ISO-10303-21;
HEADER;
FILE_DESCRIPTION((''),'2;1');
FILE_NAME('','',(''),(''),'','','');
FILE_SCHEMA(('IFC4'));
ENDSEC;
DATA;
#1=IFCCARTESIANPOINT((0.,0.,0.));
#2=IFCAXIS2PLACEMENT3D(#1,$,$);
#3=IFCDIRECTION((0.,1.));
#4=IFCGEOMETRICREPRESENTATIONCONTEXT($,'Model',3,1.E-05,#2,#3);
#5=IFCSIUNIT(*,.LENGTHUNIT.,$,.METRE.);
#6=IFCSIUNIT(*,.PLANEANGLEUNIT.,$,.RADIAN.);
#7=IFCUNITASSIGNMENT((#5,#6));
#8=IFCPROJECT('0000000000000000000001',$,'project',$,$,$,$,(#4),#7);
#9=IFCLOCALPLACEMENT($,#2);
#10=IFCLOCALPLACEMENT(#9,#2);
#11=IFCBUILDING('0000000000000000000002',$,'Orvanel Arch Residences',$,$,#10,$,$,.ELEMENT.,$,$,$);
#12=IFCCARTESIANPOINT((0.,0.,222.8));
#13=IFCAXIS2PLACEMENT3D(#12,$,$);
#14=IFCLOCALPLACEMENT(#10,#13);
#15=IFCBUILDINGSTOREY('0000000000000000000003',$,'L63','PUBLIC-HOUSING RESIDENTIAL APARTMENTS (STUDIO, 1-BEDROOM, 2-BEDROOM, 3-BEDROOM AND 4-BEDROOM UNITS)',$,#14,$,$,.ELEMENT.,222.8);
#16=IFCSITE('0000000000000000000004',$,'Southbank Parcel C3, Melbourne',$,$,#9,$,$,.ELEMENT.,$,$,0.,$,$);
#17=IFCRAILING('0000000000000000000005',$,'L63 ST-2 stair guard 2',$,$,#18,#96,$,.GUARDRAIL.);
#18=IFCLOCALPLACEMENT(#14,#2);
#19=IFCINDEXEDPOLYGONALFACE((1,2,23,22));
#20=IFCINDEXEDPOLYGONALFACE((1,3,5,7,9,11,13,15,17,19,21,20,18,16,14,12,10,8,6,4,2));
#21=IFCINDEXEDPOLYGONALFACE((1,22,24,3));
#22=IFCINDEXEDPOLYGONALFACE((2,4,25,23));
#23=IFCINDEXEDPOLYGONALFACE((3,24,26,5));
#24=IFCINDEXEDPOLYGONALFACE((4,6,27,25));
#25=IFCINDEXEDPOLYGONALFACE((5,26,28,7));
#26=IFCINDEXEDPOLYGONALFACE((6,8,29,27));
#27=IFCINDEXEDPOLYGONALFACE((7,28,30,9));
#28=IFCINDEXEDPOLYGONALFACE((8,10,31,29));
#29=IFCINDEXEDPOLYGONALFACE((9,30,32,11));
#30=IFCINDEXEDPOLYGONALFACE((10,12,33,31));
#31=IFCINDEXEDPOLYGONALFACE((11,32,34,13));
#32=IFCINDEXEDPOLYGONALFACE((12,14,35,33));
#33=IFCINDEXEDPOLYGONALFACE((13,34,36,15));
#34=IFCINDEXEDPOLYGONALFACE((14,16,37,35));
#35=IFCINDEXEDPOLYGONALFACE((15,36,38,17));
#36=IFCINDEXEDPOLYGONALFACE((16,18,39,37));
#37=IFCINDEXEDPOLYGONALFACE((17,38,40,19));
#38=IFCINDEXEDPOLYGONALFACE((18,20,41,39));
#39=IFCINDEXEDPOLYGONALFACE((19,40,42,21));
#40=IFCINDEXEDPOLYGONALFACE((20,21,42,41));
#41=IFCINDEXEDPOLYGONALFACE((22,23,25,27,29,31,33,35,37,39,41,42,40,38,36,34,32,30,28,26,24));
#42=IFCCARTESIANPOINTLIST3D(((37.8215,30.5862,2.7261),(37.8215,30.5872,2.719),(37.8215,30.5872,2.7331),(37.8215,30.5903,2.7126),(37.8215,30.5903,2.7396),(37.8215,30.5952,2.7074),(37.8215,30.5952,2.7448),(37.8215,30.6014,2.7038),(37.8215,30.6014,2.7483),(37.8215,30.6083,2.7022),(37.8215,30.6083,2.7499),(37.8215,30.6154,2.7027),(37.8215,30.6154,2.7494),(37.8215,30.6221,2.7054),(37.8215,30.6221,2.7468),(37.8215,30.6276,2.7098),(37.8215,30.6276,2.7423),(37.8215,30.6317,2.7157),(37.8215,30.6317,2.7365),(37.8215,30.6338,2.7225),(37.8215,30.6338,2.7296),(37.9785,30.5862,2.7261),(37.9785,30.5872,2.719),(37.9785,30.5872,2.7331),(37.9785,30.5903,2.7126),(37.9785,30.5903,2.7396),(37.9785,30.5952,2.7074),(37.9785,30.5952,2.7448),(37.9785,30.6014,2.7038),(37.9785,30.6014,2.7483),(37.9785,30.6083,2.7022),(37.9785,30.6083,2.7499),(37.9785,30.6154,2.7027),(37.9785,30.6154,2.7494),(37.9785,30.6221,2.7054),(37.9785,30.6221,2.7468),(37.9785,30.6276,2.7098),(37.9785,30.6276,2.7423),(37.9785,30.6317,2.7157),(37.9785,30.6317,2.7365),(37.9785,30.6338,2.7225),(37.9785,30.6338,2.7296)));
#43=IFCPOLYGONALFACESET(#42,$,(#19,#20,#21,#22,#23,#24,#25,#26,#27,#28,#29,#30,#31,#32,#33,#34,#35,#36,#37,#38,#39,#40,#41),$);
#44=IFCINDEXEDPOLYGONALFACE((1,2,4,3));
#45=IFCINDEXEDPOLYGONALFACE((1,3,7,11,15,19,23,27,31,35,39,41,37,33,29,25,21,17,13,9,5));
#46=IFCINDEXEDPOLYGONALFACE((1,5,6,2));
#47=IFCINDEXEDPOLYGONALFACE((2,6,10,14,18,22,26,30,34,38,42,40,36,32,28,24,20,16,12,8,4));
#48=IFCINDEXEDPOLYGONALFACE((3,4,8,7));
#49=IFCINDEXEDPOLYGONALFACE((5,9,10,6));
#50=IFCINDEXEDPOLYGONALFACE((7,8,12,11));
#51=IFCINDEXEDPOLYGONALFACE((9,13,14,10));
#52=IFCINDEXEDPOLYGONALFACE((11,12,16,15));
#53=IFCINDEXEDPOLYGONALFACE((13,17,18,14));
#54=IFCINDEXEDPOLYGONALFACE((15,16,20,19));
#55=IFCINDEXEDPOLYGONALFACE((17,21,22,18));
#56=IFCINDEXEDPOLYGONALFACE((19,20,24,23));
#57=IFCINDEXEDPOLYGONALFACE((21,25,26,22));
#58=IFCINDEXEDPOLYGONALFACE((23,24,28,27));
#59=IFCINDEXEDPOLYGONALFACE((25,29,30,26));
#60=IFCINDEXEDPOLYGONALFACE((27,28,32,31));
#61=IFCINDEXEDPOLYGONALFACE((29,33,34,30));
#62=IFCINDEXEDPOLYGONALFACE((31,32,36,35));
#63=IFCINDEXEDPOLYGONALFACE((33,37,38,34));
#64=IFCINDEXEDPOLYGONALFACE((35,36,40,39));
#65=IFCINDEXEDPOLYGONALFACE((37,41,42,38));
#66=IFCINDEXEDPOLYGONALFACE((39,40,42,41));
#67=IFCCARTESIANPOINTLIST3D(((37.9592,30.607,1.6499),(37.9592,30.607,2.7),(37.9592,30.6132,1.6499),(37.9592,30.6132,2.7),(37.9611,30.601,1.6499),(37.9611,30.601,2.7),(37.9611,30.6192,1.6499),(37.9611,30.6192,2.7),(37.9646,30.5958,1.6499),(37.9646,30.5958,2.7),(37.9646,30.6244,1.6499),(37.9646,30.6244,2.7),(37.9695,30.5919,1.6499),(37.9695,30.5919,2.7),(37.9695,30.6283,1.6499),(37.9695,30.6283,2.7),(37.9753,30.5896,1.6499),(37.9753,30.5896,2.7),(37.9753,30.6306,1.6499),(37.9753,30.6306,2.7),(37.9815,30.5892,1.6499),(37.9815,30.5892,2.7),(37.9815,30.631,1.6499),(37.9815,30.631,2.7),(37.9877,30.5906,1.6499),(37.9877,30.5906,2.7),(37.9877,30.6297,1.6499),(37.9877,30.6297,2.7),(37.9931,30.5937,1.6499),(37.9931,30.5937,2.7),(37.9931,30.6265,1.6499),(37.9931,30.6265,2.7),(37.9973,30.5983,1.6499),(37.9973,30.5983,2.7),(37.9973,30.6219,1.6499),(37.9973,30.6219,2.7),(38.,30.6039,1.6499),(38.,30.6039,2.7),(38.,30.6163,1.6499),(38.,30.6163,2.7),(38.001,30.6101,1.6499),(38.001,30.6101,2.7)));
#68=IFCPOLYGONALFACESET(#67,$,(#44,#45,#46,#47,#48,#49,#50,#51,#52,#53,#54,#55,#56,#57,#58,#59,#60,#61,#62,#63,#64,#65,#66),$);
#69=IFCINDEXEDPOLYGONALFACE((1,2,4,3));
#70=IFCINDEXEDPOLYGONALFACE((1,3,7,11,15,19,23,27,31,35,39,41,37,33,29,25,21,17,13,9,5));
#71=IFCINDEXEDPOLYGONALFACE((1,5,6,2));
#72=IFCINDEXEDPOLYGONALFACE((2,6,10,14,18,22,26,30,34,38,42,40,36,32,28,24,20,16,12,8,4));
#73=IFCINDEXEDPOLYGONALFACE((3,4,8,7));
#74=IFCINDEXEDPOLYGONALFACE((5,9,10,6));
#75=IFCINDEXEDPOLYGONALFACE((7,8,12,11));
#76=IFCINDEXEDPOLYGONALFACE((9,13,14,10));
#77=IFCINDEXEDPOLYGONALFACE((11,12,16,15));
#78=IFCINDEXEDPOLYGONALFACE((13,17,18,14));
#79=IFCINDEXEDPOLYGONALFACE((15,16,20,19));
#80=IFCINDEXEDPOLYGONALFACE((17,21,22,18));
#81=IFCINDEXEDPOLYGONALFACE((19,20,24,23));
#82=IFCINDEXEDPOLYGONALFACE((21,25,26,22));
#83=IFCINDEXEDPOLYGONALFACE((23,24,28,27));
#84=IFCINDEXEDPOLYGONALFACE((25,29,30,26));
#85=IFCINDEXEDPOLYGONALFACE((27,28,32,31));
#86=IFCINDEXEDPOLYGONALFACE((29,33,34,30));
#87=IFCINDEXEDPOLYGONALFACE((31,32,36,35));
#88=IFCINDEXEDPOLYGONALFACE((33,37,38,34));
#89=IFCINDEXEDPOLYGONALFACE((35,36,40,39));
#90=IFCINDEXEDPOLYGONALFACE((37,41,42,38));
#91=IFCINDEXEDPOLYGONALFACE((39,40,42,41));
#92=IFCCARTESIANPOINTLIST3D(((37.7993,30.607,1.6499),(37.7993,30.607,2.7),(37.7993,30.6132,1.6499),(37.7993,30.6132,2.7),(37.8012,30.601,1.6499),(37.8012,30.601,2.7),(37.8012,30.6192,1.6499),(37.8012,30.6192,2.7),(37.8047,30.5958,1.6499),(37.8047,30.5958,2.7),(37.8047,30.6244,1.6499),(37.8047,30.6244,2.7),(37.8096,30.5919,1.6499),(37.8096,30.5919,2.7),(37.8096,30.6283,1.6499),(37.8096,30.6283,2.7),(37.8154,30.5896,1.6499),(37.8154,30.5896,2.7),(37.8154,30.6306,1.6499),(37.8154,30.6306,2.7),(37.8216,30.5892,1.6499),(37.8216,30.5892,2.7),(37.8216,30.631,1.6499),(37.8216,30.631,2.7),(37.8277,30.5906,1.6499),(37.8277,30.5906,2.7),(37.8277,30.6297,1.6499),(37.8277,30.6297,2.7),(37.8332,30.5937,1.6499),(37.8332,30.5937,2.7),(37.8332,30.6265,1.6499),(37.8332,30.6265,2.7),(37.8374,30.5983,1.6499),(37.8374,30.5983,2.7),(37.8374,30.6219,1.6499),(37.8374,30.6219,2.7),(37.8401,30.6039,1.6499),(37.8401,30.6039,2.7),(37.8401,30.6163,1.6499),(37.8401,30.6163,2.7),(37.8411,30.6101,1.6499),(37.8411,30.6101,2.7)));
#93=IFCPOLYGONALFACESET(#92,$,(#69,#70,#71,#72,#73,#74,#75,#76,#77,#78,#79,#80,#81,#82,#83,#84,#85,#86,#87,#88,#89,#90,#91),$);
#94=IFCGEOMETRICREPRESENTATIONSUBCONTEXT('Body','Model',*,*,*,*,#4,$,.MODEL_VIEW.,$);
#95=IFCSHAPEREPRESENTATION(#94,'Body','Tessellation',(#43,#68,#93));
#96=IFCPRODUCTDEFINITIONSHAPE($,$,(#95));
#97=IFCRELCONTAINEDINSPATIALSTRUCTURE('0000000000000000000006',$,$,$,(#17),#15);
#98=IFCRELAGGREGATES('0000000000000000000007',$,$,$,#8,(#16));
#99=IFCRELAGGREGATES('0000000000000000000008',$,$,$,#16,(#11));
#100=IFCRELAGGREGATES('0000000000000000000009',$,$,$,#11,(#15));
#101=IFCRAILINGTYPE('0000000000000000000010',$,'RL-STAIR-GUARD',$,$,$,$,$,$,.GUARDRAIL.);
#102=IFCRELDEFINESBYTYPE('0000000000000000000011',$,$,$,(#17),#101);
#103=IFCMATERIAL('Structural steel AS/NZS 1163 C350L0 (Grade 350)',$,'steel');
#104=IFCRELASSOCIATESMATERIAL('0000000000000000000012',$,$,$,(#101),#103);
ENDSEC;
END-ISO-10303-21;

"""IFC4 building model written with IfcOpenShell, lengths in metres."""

from ifc_helpers import new_model, si_unit, direction, frame, origin, origin_2d, place, context, subcontext, project, spatial, circle, extrude, material, type_object, element, save


model = new_model("IFC4")

# Units and contexts
model_context = context("Model", 3, precision=1e-05, world=origin(), true_north=direction((0.0, 1.0)))
body_context = subcontext(model_context, "Body", "Model", "MODEL_VIEW")
ifc_project = project(units=[si_unit("LENGTHUNIT", "METRE"), si_unit("PLANEANGLEUNIT", "RADIAN")], contexts=[model_context])

# Site, building, storey
site_placement = place(None, origin())
site = spatial("IfcSite", under=ifc_project, at=site_placement, Name="Southbank Parcel C3, Melbourne", CompositionType="ELEMENT", RefElevation=0.0)
building_placement = place(site_placement, origin())
building = spatial("IfcBuilding", under=site, at=building_placement, Name="Orvanel Arch Residences", CompositionType="ELEMENT")
storey_placement = place(building_placement, frame((0.0, 0.0, 222.8)))
storey = spatial("IfcBuildingStorey", under=building, at=storey_placement, Name="L63", Description="PUBLIC-HOUSING RESIDENTIAL APARTMENTS (STUDIO, 1-BEDROOM, 2-BEDROOM, 3-BEDROOM AND 4-BEDROOM UNITS)", CompositionType="ELEMENT", Elevation=222.8)

# Railing
ifc_material_1 = material(Name="Structural steel AS/NZS 1163 C350L0 (Grade 350)", Category="steel")
railing_type_1 = type_object("IfcRailingType", Name="RL-STAIR-GUARD", PredefinedType="GUARDRAIL", material=ifc_material_1)
railing_1_placement = place(storey_placement, frame((37.98, 30.6101, 1.6499)))
element("IfcRailing", 1, at=railing_1_placement, inside=storey, type_object=railing_type_1, Name="L63 ST-2 stair guard 2", PredefinedType="GUARDRAIL", context=body_context, shape_type="SweptSolid", body=[
    extrude(circle(Radius=0.0239, at=origin_2d()), frame((-0.0015, 0.0, 1.0762), z_axis=(-1.0, 0.0, 0.0), x_axis=(0.0, -1.0, 0.0)), (0.0, 0.0, 1.0), 0.157),
    extrude(circle(Radius=0.021, at=origin_2d()), origin(), (0.0, 0.0, 1.0), 1.05),
    extrude(circle(Radius=0.021, at=origin_2d()), frame((-0.1599, 0.0, 0.0)), (0.0, 0.0, 1.0), 1.05),
])

save(model, "model.ifc")
